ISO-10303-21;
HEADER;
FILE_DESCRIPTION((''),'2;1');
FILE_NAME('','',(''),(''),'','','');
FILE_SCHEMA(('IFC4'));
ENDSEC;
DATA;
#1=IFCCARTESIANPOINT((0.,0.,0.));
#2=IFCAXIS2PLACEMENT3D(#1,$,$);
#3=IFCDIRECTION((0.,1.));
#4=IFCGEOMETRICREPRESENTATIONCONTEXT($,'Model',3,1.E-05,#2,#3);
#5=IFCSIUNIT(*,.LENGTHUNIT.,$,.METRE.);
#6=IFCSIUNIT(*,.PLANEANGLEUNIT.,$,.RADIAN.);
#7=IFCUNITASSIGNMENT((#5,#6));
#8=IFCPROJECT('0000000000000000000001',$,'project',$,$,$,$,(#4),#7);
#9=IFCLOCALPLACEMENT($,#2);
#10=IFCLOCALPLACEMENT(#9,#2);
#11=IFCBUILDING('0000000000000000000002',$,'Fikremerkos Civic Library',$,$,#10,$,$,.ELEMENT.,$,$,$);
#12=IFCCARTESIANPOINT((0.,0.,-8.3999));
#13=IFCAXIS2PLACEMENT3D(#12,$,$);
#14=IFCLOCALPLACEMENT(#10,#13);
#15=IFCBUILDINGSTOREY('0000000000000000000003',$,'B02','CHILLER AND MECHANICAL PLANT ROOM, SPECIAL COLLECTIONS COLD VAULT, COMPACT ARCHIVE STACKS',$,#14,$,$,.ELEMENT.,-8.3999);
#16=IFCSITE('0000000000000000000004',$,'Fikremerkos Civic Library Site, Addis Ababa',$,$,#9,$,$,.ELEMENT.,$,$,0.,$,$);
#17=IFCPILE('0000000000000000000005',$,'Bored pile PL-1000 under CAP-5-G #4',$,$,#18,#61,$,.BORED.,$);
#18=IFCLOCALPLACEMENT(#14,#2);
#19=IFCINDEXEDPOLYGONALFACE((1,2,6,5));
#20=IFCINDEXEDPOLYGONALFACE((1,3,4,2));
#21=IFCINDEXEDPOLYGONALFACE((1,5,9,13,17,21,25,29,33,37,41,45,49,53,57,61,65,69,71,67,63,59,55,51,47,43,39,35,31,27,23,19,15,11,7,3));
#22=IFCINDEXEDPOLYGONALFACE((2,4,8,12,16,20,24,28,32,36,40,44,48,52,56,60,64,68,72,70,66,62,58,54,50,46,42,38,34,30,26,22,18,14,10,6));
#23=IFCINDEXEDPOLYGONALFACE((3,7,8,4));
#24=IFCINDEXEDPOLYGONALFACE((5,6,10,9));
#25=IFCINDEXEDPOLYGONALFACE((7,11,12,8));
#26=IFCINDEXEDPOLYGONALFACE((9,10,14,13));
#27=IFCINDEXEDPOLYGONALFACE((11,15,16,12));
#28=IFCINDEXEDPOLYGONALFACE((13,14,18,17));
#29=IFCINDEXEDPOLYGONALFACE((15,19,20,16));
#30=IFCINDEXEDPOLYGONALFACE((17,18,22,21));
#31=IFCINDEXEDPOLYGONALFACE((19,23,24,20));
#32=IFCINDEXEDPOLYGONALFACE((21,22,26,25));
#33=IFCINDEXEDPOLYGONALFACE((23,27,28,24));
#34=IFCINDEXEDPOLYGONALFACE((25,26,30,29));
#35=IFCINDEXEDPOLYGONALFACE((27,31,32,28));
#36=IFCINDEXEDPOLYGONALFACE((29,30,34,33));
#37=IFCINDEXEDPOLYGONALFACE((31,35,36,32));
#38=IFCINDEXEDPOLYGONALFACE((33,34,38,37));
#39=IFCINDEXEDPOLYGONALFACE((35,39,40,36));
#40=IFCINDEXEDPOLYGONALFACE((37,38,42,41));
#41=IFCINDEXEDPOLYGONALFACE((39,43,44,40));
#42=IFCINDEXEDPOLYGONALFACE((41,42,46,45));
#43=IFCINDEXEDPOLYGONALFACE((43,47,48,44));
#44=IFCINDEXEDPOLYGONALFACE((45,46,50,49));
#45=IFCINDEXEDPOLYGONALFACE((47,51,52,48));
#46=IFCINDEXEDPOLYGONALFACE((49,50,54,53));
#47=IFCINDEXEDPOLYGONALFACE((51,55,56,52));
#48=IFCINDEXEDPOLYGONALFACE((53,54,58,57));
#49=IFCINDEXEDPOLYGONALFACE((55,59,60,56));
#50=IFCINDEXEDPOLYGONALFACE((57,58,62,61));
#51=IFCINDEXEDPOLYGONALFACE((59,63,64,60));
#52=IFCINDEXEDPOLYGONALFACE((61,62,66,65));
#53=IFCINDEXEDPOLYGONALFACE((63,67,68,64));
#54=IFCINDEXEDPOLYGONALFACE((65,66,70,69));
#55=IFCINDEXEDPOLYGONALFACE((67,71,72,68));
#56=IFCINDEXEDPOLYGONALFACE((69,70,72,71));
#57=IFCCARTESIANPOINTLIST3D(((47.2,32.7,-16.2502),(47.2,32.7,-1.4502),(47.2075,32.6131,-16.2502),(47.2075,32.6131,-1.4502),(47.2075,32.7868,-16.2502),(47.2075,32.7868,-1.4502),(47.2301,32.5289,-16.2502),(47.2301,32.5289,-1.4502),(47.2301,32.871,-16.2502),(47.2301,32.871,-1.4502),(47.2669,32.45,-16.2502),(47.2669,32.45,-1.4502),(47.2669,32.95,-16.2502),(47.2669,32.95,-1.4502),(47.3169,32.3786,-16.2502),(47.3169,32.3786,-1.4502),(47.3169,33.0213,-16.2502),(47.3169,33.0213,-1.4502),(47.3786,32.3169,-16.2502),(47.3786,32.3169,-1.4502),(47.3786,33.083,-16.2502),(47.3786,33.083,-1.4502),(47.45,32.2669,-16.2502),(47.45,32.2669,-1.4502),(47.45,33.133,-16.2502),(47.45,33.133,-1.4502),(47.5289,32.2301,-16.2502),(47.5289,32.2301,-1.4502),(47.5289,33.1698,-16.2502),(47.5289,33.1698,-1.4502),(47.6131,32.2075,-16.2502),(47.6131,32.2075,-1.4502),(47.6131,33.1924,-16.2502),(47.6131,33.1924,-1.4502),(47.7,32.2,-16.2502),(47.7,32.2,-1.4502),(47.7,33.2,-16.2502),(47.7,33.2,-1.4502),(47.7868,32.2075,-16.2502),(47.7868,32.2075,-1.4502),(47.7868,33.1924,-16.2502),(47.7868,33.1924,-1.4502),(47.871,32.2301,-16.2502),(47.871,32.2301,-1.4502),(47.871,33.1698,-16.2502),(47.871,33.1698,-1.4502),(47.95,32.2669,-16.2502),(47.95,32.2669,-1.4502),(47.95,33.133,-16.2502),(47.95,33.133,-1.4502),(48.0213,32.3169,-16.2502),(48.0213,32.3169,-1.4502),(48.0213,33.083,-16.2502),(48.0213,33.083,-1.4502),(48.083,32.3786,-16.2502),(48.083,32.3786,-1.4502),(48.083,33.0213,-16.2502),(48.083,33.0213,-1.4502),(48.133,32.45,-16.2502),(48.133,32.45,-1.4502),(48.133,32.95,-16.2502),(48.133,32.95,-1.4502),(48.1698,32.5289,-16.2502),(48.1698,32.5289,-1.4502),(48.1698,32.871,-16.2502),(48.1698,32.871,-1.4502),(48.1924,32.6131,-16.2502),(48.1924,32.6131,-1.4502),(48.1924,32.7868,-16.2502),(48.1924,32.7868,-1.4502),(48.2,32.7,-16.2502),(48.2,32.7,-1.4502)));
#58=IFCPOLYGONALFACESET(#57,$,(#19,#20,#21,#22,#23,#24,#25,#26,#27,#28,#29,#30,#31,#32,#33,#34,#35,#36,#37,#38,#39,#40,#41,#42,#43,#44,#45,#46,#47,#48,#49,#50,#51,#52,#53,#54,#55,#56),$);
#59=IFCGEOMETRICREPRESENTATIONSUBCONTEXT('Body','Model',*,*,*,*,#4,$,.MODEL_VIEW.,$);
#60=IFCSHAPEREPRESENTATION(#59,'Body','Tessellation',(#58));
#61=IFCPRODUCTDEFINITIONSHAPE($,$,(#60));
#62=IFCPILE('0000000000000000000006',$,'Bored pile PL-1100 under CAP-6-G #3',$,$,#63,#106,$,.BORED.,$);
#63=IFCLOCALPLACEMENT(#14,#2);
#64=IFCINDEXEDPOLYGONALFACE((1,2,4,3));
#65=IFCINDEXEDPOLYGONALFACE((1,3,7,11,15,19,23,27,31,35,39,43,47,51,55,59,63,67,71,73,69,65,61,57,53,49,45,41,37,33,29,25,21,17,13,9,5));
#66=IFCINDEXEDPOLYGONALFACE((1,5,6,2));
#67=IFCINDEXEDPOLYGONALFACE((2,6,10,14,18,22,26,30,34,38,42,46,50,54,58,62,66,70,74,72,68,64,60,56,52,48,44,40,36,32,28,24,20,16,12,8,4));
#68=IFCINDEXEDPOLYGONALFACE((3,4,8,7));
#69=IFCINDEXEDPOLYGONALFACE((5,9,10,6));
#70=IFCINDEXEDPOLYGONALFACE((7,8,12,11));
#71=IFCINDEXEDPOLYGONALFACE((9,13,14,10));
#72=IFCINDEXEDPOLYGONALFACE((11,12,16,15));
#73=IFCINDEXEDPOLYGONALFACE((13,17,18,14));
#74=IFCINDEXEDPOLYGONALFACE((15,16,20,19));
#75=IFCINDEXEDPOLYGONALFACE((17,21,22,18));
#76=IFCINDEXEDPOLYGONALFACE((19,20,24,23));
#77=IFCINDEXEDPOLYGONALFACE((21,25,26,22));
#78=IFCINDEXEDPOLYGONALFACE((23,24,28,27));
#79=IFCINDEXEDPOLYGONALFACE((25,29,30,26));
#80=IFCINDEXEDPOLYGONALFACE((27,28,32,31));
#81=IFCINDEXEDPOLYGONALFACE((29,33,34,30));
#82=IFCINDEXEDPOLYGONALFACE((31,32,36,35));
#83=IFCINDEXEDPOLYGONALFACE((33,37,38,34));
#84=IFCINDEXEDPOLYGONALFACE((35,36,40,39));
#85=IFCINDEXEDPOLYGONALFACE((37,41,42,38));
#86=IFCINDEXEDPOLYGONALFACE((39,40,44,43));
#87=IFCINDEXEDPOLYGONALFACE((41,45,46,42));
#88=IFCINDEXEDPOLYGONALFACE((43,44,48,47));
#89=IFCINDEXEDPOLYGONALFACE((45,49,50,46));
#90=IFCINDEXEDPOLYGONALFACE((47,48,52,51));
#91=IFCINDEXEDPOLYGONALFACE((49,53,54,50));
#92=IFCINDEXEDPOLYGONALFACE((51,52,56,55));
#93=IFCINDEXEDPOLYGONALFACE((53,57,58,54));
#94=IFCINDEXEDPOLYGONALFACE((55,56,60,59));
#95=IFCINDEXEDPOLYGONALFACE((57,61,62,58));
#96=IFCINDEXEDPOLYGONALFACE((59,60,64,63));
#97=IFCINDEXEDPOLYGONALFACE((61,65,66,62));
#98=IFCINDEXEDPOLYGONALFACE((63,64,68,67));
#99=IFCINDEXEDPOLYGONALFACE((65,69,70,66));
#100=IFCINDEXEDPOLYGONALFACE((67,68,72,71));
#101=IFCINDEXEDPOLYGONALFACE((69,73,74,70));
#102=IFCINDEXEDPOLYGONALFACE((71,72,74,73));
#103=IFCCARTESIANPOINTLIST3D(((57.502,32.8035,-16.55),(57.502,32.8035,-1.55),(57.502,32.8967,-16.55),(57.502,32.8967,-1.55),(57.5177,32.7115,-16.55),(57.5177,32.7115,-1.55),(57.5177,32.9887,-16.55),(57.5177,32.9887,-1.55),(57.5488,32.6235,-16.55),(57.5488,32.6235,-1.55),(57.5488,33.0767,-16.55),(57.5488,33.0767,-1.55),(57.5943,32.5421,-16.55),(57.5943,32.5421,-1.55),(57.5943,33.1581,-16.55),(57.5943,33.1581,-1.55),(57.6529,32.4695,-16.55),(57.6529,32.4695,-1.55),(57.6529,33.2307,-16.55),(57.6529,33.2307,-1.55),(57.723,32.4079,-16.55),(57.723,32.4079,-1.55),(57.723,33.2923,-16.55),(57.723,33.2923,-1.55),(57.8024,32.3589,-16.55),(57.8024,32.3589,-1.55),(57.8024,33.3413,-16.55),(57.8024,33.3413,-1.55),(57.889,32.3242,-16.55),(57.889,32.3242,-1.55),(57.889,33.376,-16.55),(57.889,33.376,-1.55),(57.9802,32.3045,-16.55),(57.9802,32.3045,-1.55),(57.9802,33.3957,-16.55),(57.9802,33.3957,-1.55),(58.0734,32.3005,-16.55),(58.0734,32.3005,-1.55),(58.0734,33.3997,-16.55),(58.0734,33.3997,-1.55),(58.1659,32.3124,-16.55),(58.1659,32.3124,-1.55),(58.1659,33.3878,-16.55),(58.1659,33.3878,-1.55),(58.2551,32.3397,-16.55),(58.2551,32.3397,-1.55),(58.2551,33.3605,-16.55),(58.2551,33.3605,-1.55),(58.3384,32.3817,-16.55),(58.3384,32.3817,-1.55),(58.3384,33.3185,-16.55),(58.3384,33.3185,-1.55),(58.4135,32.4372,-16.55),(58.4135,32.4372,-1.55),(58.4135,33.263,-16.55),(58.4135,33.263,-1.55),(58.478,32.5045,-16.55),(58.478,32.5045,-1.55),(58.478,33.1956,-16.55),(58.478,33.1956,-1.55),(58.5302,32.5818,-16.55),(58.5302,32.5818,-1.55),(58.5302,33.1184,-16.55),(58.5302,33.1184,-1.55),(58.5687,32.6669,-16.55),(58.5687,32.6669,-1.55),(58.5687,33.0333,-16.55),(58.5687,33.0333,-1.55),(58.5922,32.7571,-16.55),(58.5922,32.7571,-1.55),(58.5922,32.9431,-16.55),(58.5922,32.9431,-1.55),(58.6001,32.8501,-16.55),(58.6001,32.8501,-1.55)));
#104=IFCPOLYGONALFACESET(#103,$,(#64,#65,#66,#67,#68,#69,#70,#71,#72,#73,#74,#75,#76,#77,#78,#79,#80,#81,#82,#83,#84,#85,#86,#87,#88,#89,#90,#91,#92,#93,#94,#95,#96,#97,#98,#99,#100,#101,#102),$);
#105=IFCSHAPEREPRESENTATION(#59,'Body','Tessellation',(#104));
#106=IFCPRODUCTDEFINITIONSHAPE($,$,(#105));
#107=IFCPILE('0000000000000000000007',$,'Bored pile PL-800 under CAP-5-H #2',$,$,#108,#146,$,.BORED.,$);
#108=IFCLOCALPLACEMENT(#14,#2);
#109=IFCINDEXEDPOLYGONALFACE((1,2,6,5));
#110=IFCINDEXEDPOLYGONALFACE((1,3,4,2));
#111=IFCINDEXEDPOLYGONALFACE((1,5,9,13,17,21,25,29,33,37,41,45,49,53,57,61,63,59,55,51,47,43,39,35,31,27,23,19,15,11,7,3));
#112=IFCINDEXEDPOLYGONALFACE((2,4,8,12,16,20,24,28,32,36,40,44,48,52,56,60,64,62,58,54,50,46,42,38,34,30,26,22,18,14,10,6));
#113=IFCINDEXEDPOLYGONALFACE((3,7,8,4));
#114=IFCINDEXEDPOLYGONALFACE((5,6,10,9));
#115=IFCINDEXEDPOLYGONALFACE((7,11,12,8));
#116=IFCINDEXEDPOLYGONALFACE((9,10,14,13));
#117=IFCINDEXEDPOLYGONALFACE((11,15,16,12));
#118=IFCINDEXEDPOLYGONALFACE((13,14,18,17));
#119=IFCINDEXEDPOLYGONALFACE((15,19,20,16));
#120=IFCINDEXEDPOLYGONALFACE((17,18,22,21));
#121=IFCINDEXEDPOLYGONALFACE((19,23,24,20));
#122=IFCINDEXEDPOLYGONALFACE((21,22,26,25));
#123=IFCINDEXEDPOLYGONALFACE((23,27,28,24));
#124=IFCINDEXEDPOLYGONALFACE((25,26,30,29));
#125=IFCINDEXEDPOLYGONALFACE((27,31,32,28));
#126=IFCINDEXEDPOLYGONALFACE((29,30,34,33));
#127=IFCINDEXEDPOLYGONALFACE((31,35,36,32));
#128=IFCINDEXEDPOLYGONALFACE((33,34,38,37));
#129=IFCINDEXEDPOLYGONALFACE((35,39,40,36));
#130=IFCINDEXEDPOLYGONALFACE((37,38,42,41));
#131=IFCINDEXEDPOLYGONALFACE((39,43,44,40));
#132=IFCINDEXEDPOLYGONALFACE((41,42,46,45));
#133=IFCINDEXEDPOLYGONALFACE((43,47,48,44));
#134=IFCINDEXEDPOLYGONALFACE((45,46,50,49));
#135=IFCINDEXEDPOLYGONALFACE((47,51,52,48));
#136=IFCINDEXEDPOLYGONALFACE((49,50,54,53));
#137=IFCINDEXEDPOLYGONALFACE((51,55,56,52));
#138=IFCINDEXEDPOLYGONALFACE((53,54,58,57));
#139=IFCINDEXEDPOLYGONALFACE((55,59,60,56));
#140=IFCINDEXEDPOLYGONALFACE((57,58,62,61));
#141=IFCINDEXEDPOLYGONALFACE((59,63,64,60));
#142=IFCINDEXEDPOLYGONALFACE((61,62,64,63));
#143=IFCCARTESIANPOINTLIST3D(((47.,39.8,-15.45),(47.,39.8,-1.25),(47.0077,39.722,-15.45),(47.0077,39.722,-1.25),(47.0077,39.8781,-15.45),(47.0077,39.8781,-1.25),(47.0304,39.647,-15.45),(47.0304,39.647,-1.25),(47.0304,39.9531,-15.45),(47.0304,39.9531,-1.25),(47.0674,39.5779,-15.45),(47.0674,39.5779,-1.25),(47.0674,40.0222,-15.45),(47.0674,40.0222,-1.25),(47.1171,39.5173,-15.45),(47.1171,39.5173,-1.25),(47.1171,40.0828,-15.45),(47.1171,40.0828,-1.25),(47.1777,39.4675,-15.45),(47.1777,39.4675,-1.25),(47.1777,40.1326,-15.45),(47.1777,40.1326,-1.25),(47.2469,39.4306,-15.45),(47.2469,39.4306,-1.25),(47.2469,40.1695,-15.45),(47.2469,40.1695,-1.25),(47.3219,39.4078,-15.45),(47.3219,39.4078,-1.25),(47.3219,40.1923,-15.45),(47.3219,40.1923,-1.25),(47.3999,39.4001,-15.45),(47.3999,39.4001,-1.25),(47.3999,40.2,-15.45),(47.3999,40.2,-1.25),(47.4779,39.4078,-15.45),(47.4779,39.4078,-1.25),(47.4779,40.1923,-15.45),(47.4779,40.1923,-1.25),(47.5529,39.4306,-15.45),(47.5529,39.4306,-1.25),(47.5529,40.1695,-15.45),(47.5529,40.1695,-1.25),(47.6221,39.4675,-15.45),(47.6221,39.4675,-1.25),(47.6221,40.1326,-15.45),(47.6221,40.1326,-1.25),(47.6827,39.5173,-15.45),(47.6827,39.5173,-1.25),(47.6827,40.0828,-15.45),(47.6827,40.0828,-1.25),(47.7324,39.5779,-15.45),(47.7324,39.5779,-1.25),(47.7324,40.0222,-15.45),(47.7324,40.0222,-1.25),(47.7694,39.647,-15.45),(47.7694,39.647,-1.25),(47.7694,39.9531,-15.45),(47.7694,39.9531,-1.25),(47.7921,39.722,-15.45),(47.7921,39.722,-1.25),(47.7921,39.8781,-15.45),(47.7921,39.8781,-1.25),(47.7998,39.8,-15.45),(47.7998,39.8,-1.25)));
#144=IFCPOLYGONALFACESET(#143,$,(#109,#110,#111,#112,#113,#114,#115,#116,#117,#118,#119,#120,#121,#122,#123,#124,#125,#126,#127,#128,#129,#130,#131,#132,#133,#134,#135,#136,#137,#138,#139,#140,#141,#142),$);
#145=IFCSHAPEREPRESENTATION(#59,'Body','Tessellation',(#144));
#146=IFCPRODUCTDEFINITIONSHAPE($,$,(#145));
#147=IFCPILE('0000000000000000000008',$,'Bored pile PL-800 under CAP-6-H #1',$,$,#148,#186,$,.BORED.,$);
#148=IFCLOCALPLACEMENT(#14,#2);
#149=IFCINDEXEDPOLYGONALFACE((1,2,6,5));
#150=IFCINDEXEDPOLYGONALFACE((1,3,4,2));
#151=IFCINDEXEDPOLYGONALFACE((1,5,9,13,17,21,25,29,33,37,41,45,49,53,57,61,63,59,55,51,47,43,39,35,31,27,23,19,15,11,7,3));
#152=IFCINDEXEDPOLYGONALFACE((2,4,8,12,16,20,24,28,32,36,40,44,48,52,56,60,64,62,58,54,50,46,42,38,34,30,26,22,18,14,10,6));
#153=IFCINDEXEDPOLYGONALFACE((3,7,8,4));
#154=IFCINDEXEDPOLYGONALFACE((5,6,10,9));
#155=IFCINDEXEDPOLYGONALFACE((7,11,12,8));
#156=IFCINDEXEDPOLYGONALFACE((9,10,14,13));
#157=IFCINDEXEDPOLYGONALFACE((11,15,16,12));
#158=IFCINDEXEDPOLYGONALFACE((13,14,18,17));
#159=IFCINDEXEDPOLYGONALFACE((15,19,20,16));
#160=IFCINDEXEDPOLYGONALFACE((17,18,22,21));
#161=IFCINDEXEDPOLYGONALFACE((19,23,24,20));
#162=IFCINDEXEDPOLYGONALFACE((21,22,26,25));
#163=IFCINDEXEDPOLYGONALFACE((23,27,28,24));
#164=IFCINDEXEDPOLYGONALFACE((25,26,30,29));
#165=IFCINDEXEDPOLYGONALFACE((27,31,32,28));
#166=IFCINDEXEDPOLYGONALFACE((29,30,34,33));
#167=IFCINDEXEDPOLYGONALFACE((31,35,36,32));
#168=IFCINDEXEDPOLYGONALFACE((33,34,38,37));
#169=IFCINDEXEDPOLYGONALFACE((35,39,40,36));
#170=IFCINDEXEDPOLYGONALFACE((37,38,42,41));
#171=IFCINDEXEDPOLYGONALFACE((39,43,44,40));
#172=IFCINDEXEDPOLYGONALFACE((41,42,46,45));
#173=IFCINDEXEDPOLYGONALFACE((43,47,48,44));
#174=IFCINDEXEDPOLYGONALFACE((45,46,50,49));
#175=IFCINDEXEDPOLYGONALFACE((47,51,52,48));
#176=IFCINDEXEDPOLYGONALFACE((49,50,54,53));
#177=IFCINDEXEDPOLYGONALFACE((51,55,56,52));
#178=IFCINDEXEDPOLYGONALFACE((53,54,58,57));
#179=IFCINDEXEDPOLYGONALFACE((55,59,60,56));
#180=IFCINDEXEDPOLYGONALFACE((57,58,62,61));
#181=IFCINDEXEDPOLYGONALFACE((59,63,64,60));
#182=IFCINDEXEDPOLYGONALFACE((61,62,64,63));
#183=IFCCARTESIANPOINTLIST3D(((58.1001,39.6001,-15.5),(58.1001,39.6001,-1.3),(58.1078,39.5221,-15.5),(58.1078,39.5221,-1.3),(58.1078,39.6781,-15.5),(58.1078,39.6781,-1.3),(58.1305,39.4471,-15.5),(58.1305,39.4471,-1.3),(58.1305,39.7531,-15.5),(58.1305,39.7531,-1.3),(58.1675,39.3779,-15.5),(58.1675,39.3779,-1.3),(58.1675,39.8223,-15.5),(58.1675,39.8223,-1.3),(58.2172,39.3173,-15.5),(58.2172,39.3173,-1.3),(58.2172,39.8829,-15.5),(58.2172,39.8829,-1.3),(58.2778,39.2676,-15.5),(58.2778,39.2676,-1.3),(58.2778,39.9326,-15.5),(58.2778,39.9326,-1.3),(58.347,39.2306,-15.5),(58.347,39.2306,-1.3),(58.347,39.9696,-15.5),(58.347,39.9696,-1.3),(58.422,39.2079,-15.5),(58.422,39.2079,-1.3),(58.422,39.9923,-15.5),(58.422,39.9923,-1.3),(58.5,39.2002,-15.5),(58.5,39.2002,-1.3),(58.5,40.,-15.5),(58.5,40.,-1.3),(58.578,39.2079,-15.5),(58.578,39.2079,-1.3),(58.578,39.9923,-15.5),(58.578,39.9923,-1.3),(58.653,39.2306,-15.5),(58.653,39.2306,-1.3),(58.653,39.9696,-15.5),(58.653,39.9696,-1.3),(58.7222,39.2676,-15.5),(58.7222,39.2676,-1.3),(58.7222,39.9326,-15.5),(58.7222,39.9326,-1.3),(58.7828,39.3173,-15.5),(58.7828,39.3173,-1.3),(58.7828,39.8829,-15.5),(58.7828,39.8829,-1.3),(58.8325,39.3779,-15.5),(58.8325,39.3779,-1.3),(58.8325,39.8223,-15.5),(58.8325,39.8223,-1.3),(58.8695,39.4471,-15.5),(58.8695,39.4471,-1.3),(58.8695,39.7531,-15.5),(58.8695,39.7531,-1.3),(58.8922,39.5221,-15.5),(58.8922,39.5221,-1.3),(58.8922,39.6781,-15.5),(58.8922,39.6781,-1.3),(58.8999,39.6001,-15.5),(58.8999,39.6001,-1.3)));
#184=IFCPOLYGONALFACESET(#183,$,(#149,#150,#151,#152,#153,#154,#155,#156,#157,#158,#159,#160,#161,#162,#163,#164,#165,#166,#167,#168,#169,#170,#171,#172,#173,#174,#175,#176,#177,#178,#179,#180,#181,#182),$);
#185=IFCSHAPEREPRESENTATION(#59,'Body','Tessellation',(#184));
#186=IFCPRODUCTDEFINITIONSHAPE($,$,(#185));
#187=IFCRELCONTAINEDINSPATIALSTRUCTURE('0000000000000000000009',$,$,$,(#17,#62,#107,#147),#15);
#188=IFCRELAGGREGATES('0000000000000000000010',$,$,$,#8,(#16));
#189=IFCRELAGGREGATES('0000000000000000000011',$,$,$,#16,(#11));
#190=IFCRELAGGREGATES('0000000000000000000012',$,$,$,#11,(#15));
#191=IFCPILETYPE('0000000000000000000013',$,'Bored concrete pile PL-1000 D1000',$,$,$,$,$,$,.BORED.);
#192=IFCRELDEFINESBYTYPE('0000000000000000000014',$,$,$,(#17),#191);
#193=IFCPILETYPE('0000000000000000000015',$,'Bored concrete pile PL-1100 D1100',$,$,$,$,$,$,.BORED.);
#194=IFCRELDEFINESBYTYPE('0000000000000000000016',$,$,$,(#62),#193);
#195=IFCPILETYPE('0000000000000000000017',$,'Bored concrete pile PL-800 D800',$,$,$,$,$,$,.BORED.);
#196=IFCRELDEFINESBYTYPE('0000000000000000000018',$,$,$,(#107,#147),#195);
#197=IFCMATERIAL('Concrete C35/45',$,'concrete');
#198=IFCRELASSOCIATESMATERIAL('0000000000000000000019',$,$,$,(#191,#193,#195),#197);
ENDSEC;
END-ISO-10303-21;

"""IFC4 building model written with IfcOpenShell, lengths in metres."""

from ifc_helpers import new_model, si_unit, direction, frame, origin, origin_2d, place, context, subcontext, project, spatial, circle, extrude, material, material_profile, profile_set, type_object, element, save


model = new_model("IFC4")

# Units and contexts
model_context = context("Model", 3, precision=1e-05, world=origin(), true_north=direction((0.0, 1.0)))
body_context = subcontext(model_context, "Body", "Model", "MODEL_VIEW")
ifc_project = project(units=[si_unit("LENGTHUNIT", "METRE"), si_unit("PLANEANGLEUNIT", "RADIAN")], contexts=[model_context])

# Site, building, storey
site_placement = place(None, origin())
site = spatial("IfcSite", under=ifc_project, at=site_placement, Name="Fikremerkos Civic Library Site, Addis Ababa", CompositionType="ELEMENT", RefElevation=0.0)
building_placement = place(site_placement, origin())
building = spatial("IfcBuilding", under=site, at=building_placement, Name="Fikremerkos Civic Library", CompositionType="ELEMENT")
storey_placement = place(building_placement, frame((0.0, 0.0, -8.3999)))
storey = spatial("IfcBuildingStorey", under=building, at=storey_placement, Name="B02", Description="CHILLER AND MECHANICAL PLANT ROOM, SPECIAL COLLECTIONS COLD VAULT, COMPACT ARCHIVE STACKS", CompositionType="ELEMENT", Elevation=-8.3999)

# Piles
ifc_material_1 = material(Name="Concrete C35/45", Category="concrete")
ifc_material_profile_1 = material_profile(ifc_material_1, circle(Radius=0.5, at=origin_2d()), Name="BORED PILE 1000")
ifc_profile_set_1 = profile_set([ifc_material_profile_1], Name="Concrete C35/45")
pile_type_1 = type_object("IfcPileType", Name="Bored concrete pile PL-1000 D1000", PredefinedType="BORED", material=ifc_profile_set_1)
pile_1_placement = place(storey_placement, frame((47.7, 32.7, -1.4502), z_axis=(0.0, 0.0, -1.0), x_axis=(1.0, 0.0, 0.0)))
element("IfcPile", 1, at=pile_1_placement, inside=storey, type_object=pile_type_1, Name="Bored pile PL-1000 under CAP-5-G #4", PredefinedType="BORED", context=body_context, shape_type="SweptSolid", body=[
    extrude(circle(Radius=0.5, at=origin_2d()), origin(), (0.0, 0.0, 1.0), 14.8),
])
ifc_material_profile_2 = material_profile(ifc_material_1, circle(Radius=0.55, at=origin_2d()), Name="BORED PILE 1100")
ifc_profile_set_2 = profile_set([ifc_material_profile_2], Name="Concrete C35/45")
pile_type_2 = type_object("IfcPileType", Name="Bored concrete pile PL-1100 D1100", PredefinedType="BORED", material=ifc_profile_set_2)
pile_2_placement = place(storey_placement, frame((58.05, 32.8501, -1.55), z_axis=(0.0, 0.0, -1.0), x_axis=(1.0, 0.0, 0.0)))
element("IfcPile", 2, at=pile_2_placement, inside=storey, type_object=pile_type_2, Name="Bored pile PL-1100 under CAP-6-G #3", PredefinedType="BORED", context=body_context, shape_type="SweptSolid", body=[
    extrude(circle(Radius=0.55, at=origin_2d()), origin(), (0.0, 0.0, 1.0), 15.0),
])
ifc_material_profile_3 = material_profile(ifc_material_1, circle(Radius=0.3999, at=origin_2d()), Name="BORED PILE 800")
ifc_profile_set_3 = profile_set([ifc_material_profile_3], Name="Concrete C35/45")
pile_type_3 = type_object("IfcPileType", Name="Bored concrete pile PL-800 D800", PredefinedType="BORED", material=ifc_profile_set_3)
for number, where, z_axis, x_axis, name in (
    (3, (47.3999, 39.8, -1.25), (0.0, 0.0, -1.0), (1.0, 0.0, 0.0), "Bored pile PL-800 under CAP-5-H #2"),
    (4, (58.5, 39.6001, -1.3), (0.0, 0.0, -1.0), (1.0, 0.0, 0.0), "Bored pile PL-800 under CAP-6-H #1"),
):
    element("IfcPile", number, at=place(storey_placement, frame(where, z_axis=z_axis, x_axis=x_axis)), inside=storey, type_object=pile_type_3, Name=name, PredefinedType="BORED", context=body_context, shape_type="SweptSolid", body=[
        extrude(circle(Radius=0.3999, at=origin_2d()), origin(), (0.0, 0.0, 1.0), 14.2),
    ])

save(model, "model.ifc")
